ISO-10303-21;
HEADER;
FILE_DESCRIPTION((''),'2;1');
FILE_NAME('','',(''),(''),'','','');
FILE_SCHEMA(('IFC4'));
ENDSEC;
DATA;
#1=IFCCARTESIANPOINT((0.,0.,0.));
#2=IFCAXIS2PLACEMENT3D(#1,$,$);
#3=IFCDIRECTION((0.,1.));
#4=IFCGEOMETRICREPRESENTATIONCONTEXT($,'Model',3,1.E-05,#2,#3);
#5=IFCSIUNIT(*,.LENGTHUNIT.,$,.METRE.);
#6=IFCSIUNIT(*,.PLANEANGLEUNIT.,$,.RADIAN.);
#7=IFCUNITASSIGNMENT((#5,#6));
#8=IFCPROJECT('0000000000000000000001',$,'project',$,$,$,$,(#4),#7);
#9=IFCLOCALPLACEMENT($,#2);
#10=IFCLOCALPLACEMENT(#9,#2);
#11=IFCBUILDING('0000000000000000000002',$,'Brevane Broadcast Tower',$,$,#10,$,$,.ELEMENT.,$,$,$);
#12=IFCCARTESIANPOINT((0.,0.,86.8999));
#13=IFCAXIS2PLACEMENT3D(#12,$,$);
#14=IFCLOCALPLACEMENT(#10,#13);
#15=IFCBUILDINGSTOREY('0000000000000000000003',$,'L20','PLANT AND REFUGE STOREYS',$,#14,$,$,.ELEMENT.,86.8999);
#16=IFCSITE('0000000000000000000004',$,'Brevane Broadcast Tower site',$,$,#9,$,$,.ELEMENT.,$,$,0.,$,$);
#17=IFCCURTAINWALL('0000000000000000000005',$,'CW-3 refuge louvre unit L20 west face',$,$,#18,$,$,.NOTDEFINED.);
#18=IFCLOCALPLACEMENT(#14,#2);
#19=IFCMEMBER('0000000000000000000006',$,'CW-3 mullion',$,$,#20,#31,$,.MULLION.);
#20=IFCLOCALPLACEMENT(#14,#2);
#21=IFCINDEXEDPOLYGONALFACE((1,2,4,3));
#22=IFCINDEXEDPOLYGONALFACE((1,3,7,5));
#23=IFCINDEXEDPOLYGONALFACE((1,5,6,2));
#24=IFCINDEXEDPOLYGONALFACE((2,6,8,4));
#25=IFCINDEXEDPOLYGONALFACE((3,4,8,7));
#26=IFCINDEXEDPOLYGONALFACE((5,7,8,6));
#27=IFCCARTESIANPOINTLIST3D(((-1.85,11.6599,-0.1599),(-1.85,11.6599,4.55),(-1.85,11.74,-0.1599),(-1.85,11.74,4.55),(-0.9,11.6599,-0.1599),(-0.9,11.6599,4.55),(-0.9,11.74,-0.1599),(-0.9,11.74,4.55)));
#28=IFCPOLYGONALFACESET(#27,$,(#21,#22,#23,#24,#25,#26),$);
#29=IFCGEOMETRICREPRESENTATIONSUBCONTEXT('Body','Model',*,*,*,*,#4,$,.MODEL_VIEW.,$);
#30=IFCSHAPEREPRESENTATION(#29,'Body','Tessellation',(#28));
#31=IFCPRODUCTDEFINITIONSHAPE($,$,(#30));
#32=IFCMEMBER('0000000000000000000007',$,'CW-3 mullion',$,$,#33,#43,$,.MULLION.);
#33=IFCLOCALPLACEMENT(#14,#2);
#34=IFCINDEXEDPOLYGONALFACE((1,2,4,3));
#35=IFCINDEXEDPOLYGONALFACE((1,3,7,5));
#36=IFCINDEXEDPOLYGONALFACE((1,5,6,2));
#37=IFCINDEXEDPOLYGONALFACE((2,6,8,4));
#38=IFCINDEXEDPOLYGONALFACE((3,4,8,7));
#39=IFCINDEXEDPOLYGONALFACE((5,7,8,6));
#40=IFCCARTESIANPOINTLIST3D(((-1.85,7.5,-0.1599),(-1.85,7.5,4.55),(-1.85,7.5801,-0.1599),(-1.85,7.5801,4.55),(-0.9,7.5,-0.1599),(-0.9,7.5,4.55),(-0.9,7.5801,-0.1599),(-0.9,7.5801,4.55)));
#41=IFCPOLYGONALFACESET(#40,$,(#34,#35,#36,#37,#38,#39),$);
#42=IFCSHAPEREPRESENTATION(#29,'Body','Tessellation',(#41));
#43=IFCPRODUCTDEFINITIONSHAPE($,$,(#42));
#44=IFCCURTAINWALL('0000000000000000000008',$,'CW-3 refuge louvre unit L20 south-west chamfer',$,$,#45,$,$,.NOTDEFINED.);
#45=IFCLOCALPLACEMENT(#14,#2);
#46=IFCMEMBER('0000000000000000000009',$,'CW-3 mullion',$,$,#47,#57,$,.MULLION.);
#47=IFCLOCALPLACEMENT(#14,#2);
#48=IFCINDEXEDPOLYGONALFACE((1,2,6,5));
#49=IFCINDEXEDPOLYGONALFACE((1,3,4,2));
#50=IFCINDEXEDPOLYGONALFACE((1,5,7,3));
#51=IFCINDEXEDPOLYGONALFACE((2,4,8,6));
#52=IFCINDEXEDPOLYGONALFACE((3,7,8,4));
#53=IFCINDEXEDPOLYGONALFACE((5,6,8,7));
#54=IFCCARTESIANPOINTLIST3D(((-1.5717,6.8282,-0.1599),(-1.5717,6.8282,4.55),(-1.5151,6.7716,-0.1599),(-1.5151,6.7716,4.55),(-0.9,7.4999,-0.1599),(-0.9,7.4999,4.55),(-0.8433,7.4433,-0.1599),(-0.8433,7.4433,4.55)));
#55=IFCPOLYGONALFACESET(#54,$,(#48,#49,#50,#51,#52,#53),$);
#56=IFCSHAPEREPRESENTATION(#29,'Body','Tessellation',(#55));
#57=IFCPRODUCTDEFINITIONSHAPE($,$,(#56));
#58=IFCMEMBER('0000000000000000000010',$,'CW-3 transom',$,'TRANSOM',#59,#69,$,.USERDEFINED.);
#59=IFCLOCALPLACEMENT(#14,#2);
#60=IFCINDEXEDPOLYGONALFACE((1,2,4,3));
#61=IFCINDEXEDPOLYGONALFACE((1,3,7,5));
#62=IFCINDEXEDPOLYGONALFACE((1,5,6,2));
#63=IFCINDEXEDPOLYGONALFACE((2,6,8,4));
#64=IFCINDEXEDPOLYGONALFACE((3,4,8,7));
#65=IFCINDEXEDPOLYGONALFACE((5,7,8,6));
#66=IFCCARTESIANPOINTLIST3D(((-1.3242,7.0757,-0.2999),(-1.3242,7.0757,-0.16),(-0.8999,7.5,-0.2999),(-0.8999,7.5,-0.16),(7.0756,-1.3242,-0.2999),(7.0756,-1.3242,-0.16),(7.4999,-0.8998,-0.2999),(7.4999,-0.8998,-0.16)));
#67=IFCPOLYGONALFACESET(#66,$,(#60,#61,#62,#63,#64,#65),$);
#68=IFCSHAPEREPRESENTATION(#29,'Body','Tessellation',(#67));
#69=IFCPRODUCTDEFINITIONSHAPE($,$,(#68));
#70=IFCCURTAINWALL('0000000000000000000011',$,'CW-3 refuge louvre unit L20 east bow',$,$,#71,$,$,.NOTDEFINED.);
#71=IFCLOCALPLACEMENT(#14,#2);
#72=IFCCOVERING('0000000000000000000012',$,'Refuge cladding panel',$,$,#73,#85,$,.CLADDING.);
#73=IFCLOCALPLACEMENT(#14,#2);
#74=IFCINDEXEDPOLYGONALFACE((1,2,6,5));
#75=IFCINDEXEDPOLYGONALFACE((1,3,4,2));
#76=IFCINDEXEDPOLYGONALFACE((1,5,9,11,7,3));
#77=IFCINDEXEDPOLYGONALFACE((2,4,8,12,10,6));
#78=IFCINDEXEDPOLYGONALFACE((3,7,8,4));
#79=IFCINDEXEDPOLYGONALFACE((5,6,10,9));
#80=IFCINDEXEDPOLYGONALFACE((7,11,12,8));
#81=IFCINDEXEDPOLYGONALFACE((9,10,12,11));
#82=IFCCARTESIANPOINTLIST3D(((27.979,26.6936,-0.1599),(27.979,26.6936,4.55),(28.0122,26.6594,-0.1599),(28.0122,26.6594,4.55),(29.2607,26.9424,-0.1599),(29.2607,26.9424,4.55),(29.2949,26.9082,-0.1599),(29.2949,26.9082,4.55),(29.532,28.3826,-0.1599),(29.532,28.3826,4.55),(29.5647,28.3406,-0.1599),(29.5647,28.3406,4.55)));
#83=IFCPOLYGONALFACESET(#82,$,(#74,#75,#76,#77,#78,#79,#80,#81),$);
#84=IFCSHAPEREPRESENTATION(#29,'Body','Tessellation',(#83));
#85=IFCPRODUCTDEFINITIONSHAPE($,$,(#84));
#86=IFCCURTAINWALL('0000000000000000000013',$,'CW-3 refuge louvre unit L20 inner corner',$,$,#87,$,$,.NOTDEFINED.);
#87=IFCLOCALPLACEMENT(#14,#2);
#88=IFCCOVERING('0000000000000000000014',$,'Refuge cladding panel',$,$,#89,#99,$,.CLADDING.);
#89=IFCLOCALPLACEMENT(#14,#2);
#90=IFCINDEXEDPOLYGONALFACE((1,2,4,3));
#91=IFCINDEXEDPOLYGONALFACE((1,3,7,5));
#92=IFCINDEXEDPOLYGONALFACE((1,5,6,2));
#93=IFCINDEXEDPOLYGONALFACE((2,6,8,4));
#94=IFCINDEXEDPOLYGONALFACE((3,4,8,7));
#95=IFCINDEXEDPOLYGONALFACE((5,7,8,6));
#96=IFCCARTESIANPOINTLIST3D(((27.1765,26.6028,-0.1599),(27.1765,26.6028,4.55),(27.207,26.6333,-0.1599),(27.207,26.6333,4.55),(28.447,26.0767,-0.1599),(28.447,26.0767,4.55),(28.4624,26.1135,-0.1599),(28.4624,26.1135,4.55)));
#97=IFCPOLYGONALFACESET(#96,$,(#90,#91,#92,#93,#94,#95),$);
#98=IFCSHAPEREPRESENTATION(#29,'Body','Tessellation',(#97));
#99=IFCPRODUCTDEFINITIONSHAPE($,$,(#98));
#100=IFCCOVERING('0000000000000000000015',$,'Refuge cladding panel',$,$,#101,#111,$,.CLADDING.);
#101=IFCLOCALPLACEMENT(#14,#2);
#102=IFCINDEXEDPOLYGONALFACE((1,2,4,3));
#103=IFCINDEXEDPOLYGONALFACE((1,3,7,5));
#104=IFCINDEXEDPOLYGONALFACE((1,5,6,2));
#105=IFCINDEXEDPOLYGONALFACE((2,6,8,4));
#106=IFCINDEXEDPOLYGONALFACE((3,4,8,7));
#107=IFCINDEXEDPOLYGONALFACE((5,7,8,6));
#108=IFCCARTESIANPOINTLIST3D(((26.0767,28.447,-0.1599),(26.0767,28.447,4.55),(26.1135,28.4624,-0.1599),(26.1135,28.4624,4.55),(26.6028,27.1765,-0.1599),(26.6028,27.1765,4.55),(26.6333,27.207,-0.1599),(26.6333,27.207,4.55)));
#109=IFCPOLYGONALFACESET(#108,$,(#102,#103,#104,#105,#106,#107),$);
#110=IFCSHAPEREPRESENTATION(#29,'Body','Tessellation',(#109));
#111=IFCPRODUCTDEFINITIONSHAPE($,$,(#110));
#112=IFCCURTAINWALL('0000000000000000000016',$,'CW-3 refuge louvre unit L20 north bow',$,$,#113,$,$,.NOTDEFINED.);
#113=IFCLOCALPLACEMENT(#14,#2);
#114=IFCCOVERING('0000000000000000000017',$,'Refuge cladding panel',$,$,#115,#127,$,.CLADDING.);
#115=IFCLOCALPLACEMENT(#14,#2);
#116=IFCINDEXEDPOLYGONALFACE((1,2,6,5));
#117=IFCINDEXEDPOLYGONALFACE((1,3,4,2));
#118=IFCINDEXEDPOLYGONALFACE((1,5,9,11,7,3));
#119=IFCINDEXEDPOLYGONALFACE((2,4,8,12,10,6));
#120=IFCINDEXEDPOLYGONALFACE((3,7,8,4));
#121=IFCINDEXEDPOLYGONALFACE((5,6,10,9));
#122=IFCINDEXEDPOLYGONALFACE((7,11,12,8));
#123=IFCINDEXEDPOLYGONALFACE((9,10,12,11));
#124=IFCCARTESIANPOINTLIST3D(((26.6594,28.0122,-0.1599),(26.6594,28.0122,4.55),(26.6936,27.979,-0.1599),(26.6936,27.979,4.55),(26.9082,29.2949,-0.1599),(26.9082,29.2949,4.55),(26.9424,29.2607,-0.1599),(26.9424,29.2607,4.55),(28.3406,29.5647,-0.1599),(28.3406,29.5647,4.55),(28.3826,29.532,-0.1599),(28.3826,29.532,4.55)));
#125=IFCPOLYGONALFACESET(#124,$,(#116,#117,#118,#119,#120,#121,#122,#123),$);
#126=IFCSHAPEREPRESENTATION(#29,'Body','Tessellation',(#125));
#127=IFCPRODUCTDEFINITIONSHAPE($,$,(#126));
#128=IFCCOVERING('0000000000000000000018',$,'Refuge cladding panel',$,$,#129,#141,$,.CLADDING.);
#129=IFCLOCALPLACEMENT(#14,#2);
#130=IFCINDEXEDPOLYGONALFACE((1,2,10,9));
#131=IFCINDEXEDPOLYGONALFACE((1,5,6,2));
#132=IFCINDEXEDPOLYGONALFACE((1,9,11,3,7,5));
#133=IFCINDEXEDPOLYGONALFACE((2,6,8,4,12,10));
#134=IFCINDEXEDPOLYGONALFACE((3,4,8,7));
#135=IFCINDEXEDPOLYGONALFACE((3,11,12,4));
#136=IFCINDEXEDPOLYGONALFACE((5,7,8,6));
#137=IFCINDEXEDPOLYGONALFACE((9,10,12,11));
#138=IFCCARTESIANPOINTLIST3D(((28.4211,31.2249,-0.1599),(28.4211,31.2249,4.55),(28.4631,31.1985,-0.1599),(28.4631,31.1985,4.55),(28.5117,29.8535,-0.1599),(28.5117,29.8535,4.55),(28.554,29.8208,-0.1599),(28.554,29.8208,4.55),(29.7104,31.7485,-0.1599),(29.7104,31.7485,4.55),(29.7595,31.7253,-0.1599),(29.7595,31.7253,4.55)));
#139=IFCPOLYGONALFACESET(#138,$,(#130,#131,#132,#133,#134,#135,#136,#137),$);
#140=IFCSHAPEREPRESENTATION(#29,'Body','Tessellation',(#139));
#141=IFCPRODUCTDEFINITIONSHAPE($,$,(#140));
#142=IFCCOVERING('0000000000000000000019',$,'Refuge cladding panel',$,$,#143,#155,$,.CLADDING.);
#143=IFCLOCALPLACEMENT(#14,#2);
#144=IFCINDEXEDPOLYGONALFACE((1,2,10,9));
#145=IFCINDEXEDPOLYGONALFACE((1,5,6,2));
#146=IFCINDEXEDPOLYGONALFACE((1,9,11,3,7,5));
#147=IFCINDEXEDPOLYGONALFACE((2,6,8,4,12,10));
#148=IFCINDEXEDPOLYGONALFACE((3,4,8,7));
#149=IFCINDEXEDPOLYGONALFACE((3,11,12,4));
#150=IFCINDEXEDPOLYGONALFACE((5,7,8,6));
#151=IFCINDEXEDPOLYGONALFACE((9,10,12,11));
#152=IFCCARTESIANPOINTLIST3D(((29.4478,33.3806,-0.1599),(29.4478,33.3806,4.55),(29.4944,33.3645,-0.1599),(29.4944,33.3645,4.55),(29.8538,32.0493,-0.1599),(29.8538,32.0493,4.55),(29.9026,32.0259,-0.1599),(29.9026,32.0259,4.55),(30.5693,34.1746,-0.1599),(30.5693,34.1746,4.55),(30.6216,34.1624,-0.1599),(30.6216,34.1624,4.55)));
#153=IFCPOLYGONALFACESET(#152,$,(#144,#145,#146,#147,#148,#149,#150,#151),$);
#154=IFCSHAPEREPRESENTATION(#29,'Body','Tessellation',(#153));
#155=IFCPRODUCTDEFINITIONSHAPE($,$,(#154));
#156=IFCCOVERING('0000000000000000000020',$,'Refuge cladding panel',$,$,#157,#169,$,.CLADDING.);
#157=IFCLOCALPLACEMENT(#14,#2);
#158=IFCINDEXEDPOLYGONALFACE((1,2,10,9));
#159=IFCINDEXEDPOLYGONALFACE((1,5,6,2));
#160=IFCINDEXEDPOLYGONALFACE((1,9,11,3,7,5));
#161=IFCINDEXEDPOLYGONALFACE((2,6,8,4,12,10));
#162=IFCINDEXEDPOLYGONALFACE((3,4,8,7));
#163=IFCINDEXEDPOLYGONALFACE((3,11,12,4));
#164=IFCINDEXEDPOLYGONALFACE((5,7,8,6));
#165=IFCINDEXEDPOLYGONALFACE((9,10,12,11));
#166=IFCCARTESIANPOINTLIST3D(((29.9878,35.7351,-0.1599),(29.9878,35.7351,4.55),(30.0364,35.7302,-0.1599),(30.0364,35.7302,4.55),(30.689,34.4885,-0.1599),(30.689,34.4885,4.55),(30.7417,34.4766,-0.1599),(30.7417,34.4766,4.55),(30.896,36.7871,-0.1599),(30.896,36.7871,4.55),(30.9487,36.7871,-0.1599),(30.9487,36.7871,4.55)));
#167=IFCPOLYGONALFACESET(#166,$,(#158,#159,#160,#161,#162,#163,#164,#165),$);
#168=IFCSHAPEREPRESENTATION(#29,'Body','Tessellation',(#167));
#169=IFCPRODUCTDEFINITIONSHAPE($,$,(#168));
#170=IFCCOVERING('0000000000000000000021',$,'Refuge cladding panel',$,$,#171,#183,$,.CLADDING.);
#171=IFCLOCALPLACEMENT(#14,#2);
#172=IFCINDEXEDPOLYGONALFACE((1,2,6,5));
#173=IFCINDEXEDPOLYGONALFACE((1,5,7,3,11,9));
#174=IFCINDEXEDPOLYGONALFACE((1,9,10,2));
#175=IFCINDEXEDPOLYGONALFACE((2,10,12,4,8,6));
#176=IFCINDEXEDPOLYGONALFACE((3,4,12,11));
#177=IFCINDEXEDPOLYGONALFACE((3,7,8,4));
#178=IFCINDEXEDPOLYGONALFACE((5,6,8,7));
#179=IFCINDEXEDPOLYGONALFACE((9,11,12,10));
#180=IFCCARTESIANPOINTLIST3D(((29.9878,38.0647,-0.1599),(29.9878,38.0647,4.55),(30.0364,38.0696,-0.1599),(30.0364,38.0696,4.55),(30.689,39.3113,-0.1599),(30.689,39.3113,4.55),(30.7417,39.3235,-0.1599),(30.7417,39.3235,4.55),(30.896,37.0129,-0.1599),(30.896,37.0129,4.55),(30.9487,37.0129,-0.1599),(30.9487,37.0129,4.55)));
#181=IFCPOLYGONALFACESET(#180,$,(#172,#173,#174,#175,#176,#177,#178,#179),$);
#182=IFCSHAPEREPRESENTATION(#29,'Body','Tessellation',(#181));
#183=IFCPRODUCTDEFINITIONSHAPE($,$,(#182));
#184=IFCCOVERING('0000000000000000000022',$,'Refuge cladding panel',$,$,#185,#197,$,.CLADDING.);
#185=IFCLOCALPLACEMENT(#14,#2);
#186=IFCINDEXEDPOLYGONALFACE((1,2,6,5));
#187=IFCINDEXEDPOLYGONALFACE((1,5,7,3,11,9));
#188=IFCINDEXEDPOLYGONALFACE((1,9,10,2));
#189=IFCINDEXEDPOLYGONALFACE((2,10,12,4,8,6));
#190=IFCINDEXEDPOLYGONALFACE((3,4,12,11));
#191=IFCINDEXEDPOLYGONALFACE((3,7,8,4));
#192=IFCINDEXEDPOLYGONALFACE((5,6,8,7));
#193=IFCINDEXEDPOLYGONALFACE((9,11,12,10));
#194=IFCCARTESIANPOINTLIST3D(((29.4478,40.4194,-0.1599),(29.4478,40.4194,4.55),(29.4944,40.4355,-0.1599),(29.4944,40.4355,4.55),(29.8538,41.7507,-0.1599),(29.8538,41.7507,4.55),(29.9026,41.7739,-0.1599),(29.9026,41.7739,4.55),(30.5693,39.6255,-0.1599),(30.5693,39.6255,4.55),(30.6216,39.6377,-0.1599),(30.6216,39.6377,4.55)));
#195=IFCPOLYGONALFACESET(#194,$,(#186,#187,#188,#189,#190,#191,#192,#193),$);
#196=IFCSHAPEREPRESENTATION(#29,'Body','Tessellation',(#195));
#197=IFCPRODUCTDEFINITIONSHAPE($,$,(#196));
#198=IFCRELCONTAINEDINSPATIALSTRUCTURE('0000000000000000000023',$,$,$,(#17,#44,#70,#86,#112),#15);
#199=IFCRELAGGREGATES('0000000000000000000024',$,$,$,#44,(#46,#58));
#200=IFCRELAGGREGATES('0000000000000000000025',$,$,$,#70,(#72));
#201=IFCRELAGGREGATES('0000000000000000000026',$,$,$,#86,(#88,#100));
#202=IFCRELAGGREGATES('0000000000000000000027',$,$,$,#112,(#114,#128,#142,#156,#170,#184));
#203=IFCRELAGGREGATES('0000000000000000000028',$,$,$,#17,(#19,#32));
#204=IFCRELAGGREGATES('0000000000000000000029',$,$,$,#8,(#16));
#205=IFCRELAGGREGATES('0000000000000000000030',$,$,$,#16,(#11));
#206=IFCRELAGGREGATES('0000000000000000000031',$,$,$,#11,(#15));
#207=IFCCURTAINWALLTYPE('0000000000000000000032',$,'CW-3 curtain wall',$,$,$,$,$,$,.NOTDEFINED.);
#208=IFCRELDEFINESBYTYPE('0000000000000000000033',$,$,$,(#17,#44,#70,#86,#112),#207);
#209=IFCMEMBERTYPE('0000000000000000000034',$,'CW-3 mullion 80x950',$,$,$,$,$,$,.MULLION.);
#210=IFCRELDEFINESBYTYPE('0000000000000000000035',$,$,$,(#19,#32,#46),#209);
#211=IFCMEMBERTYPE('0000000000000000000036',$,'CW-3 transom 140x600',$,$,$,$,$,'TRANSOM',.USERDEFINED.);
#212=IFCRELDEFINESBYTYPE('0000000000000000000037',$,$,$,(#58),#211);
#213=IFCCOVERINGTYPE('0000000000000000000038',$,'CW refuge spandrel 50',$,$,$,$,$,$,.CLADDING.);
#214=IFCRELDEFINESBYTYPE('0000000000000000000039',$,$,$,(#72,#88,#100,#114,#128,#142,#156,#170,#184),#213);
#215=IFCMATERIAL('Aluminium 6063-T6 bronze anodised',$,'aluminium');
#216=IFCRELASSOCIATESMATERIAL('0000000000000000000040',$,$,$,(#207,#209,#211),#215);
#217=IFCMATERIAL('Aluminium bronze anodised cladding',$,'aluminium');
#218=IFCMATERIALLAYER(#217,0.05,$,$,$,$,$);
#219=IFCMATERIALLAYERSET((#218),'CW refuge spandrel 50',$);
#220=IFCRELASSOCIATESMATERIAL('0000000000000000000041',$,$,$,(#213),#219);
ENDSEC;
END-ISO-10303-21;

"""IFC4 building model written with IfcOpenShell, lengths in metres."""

from ifc_helpers import new_model, si_unit, direction, frame, origin, origin_2d, place, context, subcontext, project, spatial, polyline, rectangle, outline, extrude, material, layer, layer_set, material_profile, profile_set, type_object, element, aggregate, save


model = new_model("IFC4")

# Units and contexts
model_context = context("Model", 3, precision=1e-05, world=origin(), true_north=direction((0.0, 1.0)))
body_context = subcontext(model_context, "Body", "Model", "MODEL_VIEW")
ifc_project = project(units=[si_unit("LENGTHUNIT", "METRE"), si_unit("PLANEANGLEUNIT", "RADIAN")], contexts=[model_context])

# Site, building, storey
site_placement = place(None, origin())
site = spatial("IfcSite", under=ifc_project, at=site_placement, Name="Brevane Broadcast Tower site", CompositionType="ELEMENT", RefElevation=0.0)
building_placement = place(site_placement, origin())
building = spatial("IfcBuilding", under=site, at=building_placement, Name="Brevane Broadcast Tower", CompositionType="ELEMENT")
storey_placement = place(building_placement, frame((0.0, 0.0, 86.8999)))
storey = spatial("IfcBuildingStorey", under=building, at=storey_placement, Name="L20", Description="PLANT AND REFUGE STOREYS", CompositionType="ELEMENT", Elevation=86.8999)

# Curtain walls, members
ifc_material_1 = material(Name="Aluminium 6063-T6 bronze anodised", Category="aluminium")
curtain_wall_type = type_object("IfcCurtainWallType", Name="CW-3 curtain wall", PredefinedType="NOTDEFINED", material=ifc_material_1)
curtain_wall_1_placement = place(storey_placement, origin())
curtain_wall_1 = element("IfcCurtainWall", 1, at=curtain_wall_1_placement, inside=storey, type_object=curtain_wall_type, Name="CW-3 refuge louvre unit L20 west face", PredefinedType="NOTDEFINED")
ifc_material_profile_1 = material_profile(ifc_material_1, rectangle(XDim=0.95, YDim=0.0801, at=origin_2d()), Name="RECT 80x950")
ifc_profile_set_1 = profile_set([ifc_material_profile_1], Name="Aluminium 6063-T6 bronze anodised")
member_type_1 = type_object("IfcMemberType", Name="CW-3 mullion 80x950", PredefinedType="MULLION", material=ifc_profile_set_1)
member_1_placement = place(storey_placement, frame((-1.375, 11.7, -0.1599), z_axis=(0.0, 0.0, 1.0), x_axis=(1.0, 0.0, 0.0)))
member_1 = element("IfcMember", 2, at=member_1_placement, type_object=member_type_1, Name="CW-3 mullion", PredefinedType="MULLION", context=body_context, shape_type="SweptSolid", body=[
    extrude(rectangle(XDim=0.95, YDim=0.0801, at=origin_2d()), origin(), (0.0, 0.0, 1.0), 4.71),
])
member_2_placement = place(storey_placement, frame((-1.375, 7.54, -0.1599), z_axis=(0.0, 0.0, 1.0), x_axis=(1.0, 0.0, 0.0)))
member_2 = element("IfcMember", 3, at=member_2_placement, type_object=member_type_1, Name="CW-3 mullion", PredefinedType="MULLION", context=body_context, shape_type="SweptSolid", body=[
    extrude(rectangle(XDim=0.95, YDim=0.0801, at=origin_2d()), origin(), (0.0, 0.0, 1.0), 4.71),
])
curtain_wall_2_placement = place(storey_placement, origin())
curtain_wall_2 = element("IfcCurtainWall", 4, at=curtain_wall_2_placement, inside=storey, type_object=curtain_wall_type, Name="CW-3 refuge louvre unit L20 south-west chamfer", PredefinedType="NOTDEFINED")
member_3_placement = place(storey_placement, frame((-1.2075, 7.1357, -0.1599), z_axis=(0.0, 0.0, 1.0), x_axis=(0.707107, 0.707107, 0.0)))
member_3 = element("IfcMember", 5, at=member_3_placement, type_object=member_type_1, Name="CW-3 mullion", PredefinedType="MULLION", context=body_context, shape_type="SweptSolid", body=[
    extrude(rectangle(XDim=0.95, YDim=0.0801, at=origin_2d()), origin(), (0.0, 0.0, 1.0), 4.71),
])
ifc_material_profile_2 = material_profile(ifc_material_1, rectangle(XDim=0.6001, YDim=0.1399, at=origin_2d()), Name="RECT 140x600")
ifc_profile_set_2 = profile_set([ifc_material_profile_2], Name="Aluminium 6063-T6 bronze anodised")
member_type_2 = type_object("IfcMemberType", Name="CW-3 transom 140x600", ElementType="TRANSOM", PredefinedType="USERDEFINED", material=ifc_profile_set_2)
member_4_placement = place(storey_placement, frame((-1.1121, 7.2878, -0.23), z_axis=(0.707107, -0.707107, 0.0), x_axis=(0.707107, 0.707107, 0.0)))
member_4 = element("IfcMember", 6, at=member_4_placement, type_object=member_type_2, Name="CW-3 transom", ObjectType="TRANSOM", PredefinedType="USERDEFINED", context=body_context, shape_type="SweptSolid", body=[
    extrude(rectangle(XDim=0.6001, YDim=0.1399, at=origin_2d()), origin(), (0.0, 0.0, 1.0), 11.8792),
])
aggregate(curtain_wall_2, [member_3, member_4])

# Curtain wall, covering
curtain_wall_3_placement = place(storey_placement, origin())
curtain_wall_3 = element("IfcCurtainWall", 7, at=curtain_wall_3_placement, inside=storey, type_object=curtain_wall_type, Name="CW-3 refuge louvre unit L20 east bow", PredefinedType="NOTDEFINED")
ifc_material_2 = material(Name="Aluminium bronze anodised cladding", Category="aluminium")
ifc_layer = layer(ifc_material_2, 0.05)
ifc_layer_set = layer_set([ifc_layer], Name="CW refuge spandrel 50")
covering_type = type_object("IfcCoveringType", Name="CW refuge spandrel 50", PredefinedType="CLADDING", material=ifc_layer_set)
covering_1_placement = place(storey_placement, frame((0.0, 0.0, -0.1599)))
covering_1 = element("IfcCovering", 8, at=covering_1_placement, type_object=covering_type, Name="Refuge cladding panel", PredefinedType="CLADDING", context=body_context, shape_type="SweptSolid", body=[
    extrude(outline(polyline([(29.5647, 28.3406), (29.532, 28.3826), (29.2607, 26.9424), (27.979, 26.6936), (28.0122, 26.6594), (29.2949, 26.9082), (29.5647, 28.3406)])), origin(), (0.0, 0.0, 1.0), 4.71),
])
aggregate(curtain_wall_3, [covering_1])

# Curtain walls, coverings
curtain_wall_4_placement = place(storey_placement, origin())
curtain_wall_4 = element("IfcCurtainWall", 9, at=curtain_wall_4_placement, inside=storey, type_object=curtain_wall_type, Name="CW-3 refuge louvre unit L20 inner corner", PredefinedType="NOTDEFINED")
covering_2_placement = place(storey_placement, frame((0.0, 0.0, -0.1599)))
covering_2 = element("IfcCovering", 10, at=covering_2_placement, type_object=covering_type, Name="Refuge cladding panel", PredefinedType="CLADDING", context=body_context, shape_type="SweptSolid", body=[
    extrude(outline(polyline([(28.447, 26.0767), (28.4624, 26.1135), (27.207, 26.6333), (27.1765, 26.6028), (28.447, 26.0767)])), origin(), (0.0, 0.0, 1.0), 4.71),
])
covering_3_placement = place(storey_placement, frame((0.0, 0.0, -0.1599)))
covering_3 = element("IfcCovering", 11, at=covering_3_placement, type_object=covering_type, Name="Refuge cladding panel", PredefinedType="CLADDING", context=body_context, shape_type="SweptSolid", body=[
    extrude(outline(polyline([(26.6028, 27.1765), (26.6333, 27.207), (26.1135, 28.4624), (26.0767, 28.447), (26.6028, 27.1765)])), origin(), (0.0, 0.0, 1.0), 4.71),
])
aggregate(curtain_wall_4, [covering_2, covering_3])
curtain_wall_5_placement = place(storey_placement, origin())
curtain_wall_5 = element("IfcCurtainWall", 12, at=curtain_wall_5_placement, inside=storey, type_object=curtain_wall_type, Name="CW-3 refuge louvre unit L20 north bow", PredefinedType="NOTDEFINED")
covering_4_placement = place(storey_placement, frame((0.0, 0.0, -0.1599)))
covering_4 = element("IfcCovering", 13, at=covering_4_placement, type_object=covering_type, Name="Refuge cladding panel", PredefinedType="CLADDING", context=body_context, shape_type="SweptSolid", body=[
    extrude(outline(polyline([(26.6594, 28.0122), (26.6936, 27.979), (26.9424, 29.2607), (28.3826, 29.532), (28.3406, 29.5647), (26.9082, 29.2949), (26.6594, 28.0122)])), origin(), (0.0, 0.0, 1.0), 4.71),
])
covering_5_placement = place(storey_placement, frame((0.0, 0.0, -0.1599)))
covering_5 = element("IfcCovering", 14, at=covering_5_placement, type_object=covering_type, Name="Refuge cladding panel", PredefinedType="CLADDING", context=body_context, shape_type="SweptSolid", body=[
    extrude(outline(polyline([(28.5117, 29.8535), (28.554, 29.8208), (28.4631, 31.1985), (29.7595, 31.7253), (29.7104, 31.7485), (28.4211, 31.2249), (28.5117, 29.8535)])), origin(), (0.0, 0.0, 1.0), 4.71),
])
covering_6_placement = place(storey_placement, frame((0.0, 0.0, -0.1599)))
covering_6 = element("IfcCovering", 15, at=covering_6_placement, type_object=covering_type, Name="Refuge cladding panel", PredefinedType="CLADDING", context=body_context, shape_type="SweptSolid", body=[
    extrude(outline(polyline([(29.8538, 32.0493), (29.9026, 32.0259), (29.4944, 33.3645), (30.6216, 34.1624), (30.5693, 34.1746), (29.4478, 33.3806), (29.8538, 32.0493)])), origin(), (0.0, 0.0, 1.0), 4.71),
])
covering_7_placement = place(storey_placement, frame((0.0, 0.0, -0.1599)))
covering_7 = element("IfcCovering", 16, at=covering_7_placement, type_object=covering_type, Name="Refuge cladding panel", PredefinedType="CLADDING", context=body_context, shape_type="SweptSolid", body=[
    extrude(outline(polyline([(30.689, 34.4885), (30.7417, 34.4766), (30.0364, 35.7302), (30.9487, 36.7871), (30.896, 36.7871), (29.9878, 35.7351), (30.689, 34.4885)])), origin(), (0.0, 0.0, 1.0), 4.71),
])
covering_8_placement = place(storey_placement, frame((0.0, 0.0, -0.1599)))
covering_8 = element("IfcCovering", 17, at=covering_8_placement, type_object=covering_type, Name="Refuge cladding panel", PredefinedType="CLADDING", context=body_context, shape_type="SweptSolid", body=[
    extrude(outline(polyline([(30.896, 37.0129), (30.9487, 37.0129), (30.0364, 38.0696), (30.7417, 39.3235), (30.689, 39.3113), (29.9878, 38.0647), (30.896, 37.0129)])), origin(), (0.0, 0.0, 1.0), 4.71),
])
covering_9_placement = place(storey_placement, frame((0.0, 0.0, -0.1599)))
covering_9 = element("IfcCovering", 18, at=covering_9_placement, type_object=covering_type, Name="Refuge cladding panel", PredefinedType="CLADDING", context=body_context, shape_type="SweptSolid", body=[
    extrude(outline(polyline([(30.5693, 39.6255), (30.6216, 39.6377), (29.4944, 40.4355), (29.9026, 41.7739), (29.8538, 41.7507), (29.4478, 40.4194), (30.5693, 39.6255)])), origin(), (0.0, 0.0, 1.0), 4.71),
])
aggregate(curtain_wall_5, [covering_4, covering_5, covering_6, covering_7, covering_8, covering_9])

aggregate(curtain_wall_1, [member_1, member_2])

save(model, "model.ifc")
